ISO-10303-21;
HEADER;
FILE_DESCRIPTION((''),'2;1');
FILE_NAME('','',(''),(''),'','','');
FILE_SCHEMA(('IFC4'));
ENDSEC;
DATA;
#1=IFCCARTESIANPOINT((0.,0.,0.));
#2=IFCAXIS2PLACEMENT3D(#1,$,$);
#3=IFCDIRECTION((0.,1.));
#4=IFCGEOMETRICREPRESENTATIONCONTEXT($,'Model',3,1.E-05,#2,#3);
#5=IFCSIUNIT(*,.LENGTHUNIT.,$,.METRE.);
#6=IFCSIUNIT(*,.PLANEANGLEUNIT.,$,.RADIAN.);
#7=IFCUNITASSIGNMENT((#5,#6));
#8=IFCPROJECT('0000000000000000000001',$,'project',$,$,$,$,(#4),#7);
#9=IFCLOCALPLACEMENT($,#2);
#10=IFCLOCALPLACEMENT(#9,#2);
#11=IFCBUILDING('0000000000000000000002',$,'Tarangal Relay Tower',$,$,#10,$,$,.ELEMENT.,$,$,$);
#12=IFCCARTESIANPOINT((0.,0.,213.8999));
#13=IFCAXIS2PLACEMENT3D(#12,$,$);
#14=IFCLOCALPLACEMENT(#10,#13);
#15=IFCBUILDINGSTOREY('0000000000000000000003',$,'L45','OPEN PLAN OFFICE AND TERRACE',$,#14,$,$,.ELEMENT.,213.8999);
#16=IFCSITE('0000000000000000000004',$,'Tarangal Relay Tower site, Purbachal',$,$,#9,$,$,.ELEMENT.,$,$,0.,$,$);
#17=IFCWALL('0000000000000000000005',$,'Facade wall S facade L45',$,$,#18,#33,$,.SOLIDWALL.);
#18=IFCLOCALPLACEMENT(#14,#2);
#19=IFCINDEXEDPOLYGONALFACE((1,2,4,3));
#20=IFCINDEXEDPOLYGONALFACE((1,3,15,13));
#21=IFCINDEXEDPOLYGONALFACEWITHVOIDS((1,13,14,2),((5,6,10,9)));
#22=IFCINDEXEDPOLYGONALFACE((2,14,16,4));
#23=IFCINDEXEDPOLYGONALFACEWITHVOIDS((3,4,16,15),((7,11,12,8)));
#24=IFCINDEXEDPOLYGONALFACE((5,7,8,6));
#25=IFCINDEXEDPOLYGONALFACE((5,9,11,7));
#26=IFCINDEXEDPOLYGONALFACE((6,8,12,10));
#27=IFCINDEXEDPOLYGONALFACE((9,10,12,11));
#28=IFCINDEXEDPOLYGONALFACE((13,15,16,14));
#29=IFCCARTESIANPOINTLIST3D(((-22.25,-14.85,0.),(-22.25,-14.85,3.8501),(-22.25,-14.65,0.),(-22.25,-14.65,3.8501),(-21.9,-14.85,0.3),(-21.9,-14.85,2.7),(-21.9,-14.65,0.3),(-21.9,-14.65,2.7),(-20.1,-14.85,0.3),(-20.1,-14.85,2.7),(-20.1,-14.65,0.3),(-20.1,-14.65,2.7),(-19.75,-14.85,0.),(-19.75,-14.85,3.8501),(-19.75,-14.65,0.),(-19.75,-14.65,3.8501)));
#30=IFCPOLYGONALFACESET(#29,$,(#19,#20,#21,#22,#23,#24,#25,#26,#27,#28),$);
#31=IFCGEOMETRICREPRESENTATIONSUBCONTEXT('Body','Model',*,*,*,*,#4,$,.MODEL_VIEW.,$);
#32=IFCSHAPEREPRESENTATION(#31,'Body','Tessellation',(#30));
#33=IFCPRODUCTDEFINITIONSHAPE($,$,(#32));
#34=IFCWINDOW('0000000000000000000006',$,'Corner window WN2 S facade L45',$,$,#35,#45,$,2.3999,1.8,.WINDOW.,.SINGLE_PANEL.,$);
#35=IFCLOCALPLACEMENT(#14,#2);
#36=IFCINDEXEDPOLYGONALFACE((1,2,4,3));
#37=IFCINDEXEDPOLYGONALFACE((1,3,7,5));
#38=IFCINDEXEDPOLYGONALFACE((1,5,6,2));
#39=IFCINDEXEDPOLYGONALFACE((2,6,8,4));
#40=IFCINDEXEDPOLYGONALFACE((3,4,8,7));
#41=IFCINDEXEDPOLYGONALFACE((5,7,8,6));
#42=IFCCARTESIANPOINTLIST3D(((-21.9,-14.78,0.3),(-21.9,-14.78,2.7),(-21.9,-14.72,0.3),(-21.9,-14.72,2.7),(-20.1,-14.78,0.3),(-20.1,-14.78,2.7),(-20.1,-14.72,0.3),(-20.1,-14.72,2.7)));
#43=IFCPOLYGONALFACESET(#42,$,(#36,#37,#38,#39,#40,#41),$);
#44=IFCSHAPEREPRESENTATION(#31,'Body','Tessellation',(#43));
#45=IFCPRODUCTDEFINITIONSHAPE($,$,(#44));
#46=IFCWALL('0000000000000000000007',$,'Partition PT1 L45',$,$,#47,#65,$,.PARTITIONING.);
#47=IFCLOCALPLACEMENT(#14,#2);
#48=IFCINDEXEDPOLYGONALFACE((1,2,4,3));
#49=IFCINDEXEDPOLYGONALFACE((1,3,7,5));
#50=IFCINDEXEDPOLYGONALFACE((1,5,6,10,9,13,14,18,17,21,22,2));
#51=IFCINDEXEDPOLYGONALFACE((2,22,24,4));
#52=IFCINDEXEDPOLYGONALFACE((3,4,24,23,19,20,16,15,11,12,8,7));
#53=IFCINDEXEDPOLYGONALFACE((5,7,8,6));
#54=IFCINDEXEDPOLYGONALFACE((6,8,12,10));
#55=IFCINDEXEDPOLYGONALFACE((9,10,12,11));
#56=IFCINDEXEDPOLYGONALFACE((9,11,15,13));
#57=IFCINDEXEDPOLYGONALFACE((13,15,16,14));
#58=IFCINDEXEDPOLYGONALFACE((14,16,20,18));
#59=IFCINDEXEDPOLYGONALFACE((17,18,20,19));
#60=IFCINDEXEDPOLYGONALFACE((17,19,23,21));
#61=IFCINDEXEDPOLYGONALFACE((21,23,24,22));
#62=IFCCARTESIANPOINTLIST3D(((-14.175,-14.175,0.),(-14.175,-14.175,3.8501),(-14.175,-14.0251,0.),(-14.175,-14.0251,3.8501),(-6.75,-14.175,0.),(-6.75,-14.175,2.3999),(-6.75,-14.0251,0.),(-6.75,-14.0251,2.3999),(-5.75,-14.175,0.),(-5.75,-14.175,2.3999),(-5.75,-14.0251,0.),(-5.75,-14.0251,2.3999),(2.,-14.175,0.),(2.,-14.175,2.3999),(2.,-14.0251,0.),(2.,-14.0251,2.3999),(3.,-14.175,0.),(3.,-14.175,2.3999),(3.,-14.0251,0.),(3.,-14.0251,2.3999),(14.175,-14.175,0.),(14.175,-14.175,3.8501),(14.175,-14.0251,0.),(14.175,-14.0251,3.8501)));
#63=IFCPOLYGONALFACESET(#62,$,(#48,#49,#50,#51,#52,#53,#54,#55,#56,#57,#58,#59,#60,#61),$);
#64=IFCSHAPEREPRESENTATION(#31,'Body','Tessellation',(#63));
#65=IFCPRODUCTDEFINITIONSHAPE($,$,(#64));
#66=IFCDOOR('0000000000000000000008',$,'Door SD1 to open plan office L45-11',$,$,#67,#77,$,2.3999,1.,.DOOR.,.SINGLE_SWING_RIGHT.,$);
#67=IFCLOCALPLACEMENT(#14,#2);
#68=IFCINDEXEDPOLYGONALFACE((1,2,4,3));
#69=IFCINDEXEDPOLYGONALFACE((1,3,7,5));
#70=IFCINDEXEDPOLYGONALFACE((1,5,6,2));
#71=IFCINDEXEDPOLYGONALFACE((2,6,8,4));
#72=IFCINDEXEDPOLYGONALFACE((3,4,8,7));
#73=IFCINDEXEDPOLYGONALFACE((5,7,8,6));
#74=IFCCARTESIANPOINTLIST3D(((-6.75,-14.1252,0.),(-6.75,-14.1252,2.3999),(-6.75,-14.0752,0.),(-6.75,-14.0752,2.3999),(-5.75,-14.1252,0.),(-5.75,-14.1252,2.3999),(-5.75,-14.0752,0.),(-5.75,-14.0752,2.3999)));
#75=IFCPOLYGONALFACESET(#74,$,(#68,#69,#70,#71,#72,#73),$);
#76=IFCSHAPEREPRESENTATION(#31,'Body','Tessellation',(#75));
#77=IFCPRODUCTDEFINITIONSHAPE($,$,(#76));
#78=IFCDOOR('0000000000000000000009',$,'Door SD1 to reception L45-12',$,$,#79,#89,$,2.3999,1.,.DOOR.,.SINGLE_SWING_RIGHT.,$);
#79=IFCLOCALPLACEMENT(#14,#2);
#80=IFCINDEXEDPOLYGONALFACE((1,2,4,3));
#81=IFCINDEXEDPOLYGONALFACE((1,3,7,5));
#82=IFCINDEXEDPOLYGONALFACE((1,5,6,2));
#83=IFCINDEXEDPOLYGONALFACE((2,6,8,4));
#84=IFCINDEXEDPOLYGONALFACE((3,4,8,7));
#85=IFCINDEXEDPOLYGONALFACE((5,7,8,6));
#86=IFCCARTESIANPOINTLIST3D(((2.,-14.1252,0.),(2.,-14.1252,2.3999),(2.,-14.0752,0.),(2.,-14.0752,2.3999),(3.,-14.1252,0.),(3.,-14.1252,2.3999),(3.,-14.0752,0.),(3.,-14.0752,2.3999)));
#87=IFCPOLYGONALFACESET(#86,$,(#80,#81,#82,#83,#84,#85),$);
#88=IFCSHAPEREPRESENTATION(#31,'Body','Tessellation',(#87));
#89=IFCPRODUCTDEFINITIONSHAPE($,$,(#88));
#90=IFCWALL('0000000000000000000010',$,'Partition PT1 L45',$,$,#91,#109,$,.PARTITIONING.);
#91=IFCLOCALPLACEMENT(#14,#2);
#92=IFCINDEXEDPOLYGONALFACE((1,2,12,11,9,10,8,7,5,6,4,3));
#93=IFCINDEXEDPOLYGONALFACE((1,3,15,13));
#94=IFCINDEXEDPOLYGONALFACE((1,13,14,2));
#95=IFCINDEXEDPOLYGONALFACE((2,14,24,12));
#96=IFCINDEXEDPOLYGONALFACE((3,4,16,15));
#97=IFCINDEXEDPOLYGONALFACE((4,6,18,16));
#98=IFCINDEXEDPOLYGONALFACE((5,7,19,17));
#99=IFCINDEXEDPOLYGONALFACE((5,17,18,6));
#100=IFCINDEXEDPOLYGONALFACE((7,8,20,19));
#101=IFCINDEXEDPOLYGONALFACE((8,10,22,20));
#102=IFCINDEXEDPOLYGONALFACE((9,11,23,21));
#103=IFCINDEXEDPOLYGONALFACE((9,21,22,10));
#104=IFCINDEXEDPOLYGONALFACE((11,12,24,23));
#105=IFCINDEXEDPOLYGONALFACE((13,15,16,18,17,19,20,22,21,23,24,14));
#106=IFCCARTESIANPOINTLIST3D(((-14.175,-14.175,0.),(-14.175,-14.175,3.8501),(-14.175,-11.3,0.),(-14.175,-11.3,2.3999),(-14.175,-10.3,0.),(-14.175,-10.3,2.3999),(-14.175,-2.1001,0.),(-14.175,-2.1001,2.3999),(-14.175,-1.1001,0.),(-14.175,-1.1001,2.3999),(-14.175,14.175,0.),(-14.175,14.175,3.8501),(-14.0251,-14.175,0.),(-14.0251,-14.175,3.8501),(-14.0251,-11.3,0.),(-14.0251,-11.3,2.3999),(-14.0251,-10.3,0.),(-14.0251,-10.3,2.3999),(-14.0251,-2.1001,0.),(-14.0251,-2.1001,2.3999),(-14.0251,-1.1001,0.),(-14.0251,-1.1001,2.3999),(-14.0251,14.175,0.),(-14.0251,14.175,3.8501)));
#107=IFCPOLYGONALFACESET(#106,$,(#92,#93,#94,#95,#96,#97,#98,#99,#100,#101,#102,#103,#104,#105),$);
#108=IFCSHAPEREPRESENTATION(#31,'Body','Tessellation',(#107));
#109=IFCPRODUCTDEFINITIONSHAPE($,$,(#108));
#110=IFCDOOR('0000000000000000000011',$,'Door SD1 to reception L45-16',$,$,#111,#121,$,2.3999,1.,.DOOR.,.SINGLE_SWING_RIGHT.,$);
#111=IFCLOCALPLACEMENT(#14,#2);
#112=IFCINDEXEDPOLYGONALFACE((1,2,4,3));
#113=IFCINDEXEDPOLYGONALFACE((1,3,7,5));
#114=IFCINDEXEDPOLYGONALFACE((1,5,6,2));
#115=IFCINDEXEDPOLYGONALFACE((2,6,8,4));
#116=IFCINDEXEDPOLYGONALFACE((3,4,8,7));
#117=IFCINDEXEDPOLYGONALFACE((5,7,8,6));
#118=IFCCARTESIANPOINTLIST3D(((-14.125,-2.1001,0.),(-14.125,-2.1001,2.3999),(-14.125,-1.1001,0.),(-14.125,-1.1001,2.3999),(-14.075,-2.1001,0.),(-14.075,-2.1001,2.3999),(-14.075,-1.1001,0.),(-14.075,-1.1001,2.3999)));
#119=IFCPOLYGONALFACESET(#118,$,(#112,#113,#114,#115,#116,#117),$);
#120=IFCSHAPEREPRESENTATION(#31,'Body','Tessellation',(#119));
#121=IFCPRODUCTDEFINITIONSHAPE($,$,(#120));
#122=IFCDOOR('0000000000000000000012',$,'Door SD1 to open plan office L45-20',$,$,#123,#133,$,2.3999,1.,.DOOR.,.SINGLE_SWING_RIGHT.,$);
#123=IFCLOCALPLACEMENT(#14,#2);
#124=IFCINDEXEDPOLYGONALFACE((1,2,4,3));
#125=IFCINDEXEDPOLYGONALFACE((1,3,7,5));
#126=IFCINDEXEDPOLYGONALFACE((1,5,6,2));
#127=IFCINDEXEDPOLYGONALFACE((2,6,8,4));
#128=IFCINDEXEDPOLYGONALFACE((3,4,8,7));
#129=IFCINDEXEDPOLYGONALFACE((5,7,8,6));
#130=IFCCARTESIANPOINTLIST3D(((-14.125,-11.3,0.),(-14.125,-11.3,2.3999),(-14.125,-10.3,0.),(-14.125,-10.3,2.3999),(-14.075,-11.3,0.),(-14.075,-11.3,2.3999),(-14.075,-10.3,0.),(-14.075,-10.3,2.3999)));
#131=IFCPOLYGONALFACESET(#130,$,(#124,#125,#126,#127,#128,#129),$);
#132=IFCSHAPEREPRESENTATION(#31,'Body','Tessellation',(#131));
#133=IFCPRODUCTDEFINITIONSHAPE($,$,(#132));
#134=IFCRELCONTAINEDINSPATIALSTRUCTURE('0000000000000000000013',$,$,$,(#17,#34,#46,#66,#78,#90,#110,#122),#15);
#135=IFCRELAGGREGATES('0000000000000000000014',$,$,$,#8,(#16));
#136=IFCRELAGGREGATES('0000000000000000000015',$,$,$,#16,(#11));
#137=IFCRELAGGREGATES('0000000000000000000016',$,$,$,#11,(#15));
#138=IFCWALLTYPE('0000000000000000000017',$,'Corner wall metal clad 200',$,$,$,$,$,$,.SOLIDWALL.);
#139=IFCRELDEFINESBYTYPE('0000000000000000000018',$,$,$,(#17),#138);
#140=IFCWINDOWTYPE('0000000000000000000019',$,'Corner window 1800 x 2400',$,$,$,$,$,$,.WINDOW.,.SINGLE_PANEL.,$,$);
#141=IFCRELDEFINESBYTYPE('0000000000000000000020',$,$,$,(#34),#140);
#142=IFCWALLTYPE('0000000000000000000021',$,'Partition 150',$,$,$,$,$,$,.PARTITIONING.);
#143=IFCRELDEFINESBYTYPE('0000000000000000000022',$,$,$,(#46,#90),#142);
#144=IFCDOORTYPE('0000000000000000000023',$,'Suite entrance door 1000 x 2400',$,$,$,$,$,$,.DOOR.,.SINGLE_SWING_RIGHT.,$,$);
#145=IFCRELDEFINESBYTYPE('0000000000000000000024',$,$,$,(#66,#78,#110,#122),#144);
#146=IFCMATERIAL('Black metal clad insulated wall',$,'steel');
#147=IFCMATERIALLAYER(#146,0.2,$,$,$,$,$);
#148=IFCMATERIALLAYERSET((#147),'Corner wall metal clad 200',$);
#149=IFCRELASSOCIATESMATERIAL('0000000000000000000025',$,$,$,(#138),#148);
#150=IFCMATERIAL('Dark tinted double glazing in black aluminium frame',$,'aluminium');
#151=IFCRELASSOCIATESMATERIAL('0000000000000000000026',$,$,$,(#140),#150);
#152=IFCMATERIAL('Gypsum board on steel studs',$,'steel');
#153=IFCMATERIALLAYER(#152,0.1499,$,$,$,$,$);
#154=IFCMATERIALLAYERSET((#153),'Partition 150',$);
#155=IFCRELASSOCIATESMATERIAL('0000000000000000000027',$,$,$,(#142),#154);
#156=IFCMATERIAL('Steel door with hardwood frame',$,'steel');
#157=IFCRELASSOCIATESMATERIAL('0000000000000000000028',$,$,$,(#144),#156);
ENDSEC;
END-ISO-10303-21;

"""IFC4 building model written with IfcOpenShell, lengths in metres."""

from ifc_helpers import new_model, si_unit, direction, frame, frame_2d, origin, place, context, subcontext, project, spatial, rectangle, extrude, material, layer, layer_set, type_object, element, fill, save


model = new_model("IFC4")

# Units and contexts
model_context = context("Model", 3, precision=1e-05, world=origin(), true_north=direction((0.0, 1.0)))
body_context = subcontext(model_context, "Body", "Model", "MODEL_VIEW")
ifc_project = project(units=[si_unit("LENGTHUNIT", "METRE"), si_unit("PLANEANGLEUNIT", "RADIAN")], contexts=[model_context])

# Site, building, storey
site_placement = place(None, origin())
site = spatial("IfcSite", under=ifc_project, at=site_placement, Name="Tarangal Relay Tower site, Purbachal", CompositionType="ELEMENT", RefElevation=0.0)
building_placement = place(site_placement, origin())
building = spatial("IfcBuilding", under=site, at=building_placement, Name="Tarangal Relay Tower", CompositionType="ELEMENT")
storey_placement = place(building_placement, frame((0.0, 0.0, 213.8999)))
storey = spatial("IfcBuildingStorey", under=building, at=storey_placement, Name="L45", Description="OPEN PLAN OFFICE AND TERRACE", CompositionType="ELEMENT", Elevation=213.8999)

# Shared definitions
ifc_material_1 = material(Name="Black metal clad insulated wall", Category="steel")
ifc_layer_1 = layer(ifc_material_1, 0.2)
ifc_layer_set_1 = layer_set([ifc_layer_1], Name="Corner wall metal clad 200")
wall_type_1 = type_object("IfcWallType", Name="Corner wall metal clad 200", PredefinedType="SOLIDWALL", material=ifc_layer_set_1)
ifc_material_2 = material(Name="Dark tinted double glazing in black aluminium frame", Category="aluminium")
window_type = type_object("IfcWindowType", Name="Corner window 1800 x 2400", PartitioningType="SINGLE_PANEL", PredefinedType="WINDOW", material=ifc_material_2)

# Wall, opening, window
wall_1_placement = place(storey_placement, frame((-19.75, -14.75, 0.0), z_axis=(0.0, 0.0, 1.0), x_axis=(-1.0, 0.0, 0.0)))
wall_1 = element("IfcWall", 1, at=wall_1_placement, inside=storey, type_object=wall_type_1, Name="Facade wall S facade L45", PredefinedType="SOLIDWALL", context=body_context, shape_type="SweptSolid", body=[
    extrude(rectangle(XDim=2.5, YDim=0.2, at=frame_2d((1.25, 0.0))), origin(), (0.0, 0.0, 1.0), 3.8501),
])
opening_1_placement = place(wall_1_placement, frame((0.3501, 0.0, 0.3)))
opening_1 = element("IfcOpeningElement", 2, at=opening_1_placement, cuts=wall_1, PredefinedType="OPENING", context=body_context, shape_type="SweptSolid", body=[
    extrude(rectangle(XDim=1.8, YDim=2.3999, at=frame_2d((0.8999, 1.2))), frame((0.0, 0.1099, 0.0), z_axis=(0.0, -1.0, 0.0), x_axis=(1.0, 0.0, 0.0)), (0.0, 0.0, 1.0), 0.22),
])
window_1_placement = place(opening_1_placement, origin())
window_1 = element("IfcWindow", 3, at=window_1_placement, inside=storey, type_object=window_type, Name="Corner window WN2 S facade L45", OverallHeight=2.3999, OverallWidth=1.8, PartitioningType="SINGLE_PANEL", PredefinedType="WINDOW", context=body_context, shape_type="SweptSolid", body=[
    extrude(rectangle(XDim=1.8, YDim=2.3999, at=frame_2d((0.8999, 1.2))), frame((0.0, 0.03, 0.0), z_axis=(0.0, -1.0, 0.0), x_axis=(1.0, 0.0, 0.0)), (0.0, 0.0, 1.0), 0.0601),
])
fill(opening_1, window_1)

# Walls, openings, doors
ifc_material_3 = material(Name="Gypsum board on steel studs", Category="steel")
ifc_layer_2 = layer(ifc_material_3, 0.1499)
ifc_layer_set_2 = layer_set([ifc_layer_2], Name="Partition 150")
wall_type_2 = type_object("IfcWallType", Name="Partition 150", PredefinedType="PARTITIONING", material=ifc_layer_set_2)
wall_2_placement = place(storey_placement, frame((-14.175, -14.1001, 0.0), z_axis=(0.0, 0.0, 1.0), x_axis=(1.0, 0.0, 0.0)))
wall_2 = element("IfcWall", 4, at=wall_2_placement, inside=storey, type_object=wall_type_2, Name="Partition PT1 L45", PredefinedType="PARTITIONING", context=body_context, shape_type="SweptSolid", body=[
    extrude(rectangle(XDim=28.3501, YDim=0.1499, at=frame_2d((14.175, 0.0))), origin(), (0.0, 0.0, 1.0), 3.8501),
])
opening_2_placement = place(wall_2_placement, frame((7.425, 0.0, 0.0)))
opening_2 = element("IfcOpeningElement", 5, at=opening_2_placement, cuts=wall_2, PredefinedType="OPENING", context=body_context, shape_type="SweptSolid", body=[
    extrude(rectangle(XDim=1.0, YDim=2.3999, at=frame_2d((0.5, 1.2))), frame((0.0, 0.085, 0.0), z_axis=(0.0, -1.0, 0.0), x_axis=(1.0, 0.0, 0.0)), (0.0, 0.0, 1.0), 0.1699),
])
opening_3_placement = place(wall_2_placement, frame((16.175, 0.0, 0.0)))
opening_3 = element("IfcOpeningElement", 6, at=opening_3_placement, cuts=wall_2, PredefinedType="OPENING", context=body_context, shape_type="SweptSolid", body=[
    extrude(rectangle(XDim=1.0, YDim=2.3999, at=frame_2d((0.5, 1.2))), frame((0.0, 0.085, 0.0), z_axis=(0.0, -1.0, 0.0), x_axis=(1.0, 0.0, 0.0)), (0.0, 0.0, 1.0), 0.1699),
])
ifc_material_4 = material(Name="Steel door with hardwood frame", Category="steel")
door_type_1 = type_object("IfcDoorType", Name="Suite entrance door 1000 x 2400", OperationType="SINGLE_SWING_RIGHT", PredefinedType="DOOR", material=ifc_material_4)
door_1_placement = place(opening_2_placement, origin())
door_1 = element("IfcDoor", 7, at=door_1_placement, inside=storey, type_object=door_type_1, Name="Door SD1 to open plan office L45-11", OperationType="SINGLE_SWING_RIGHT", OverallHeight=2.3999, OverallWidth=1.0, PredefinedType="DOOR", context=body_context, shape_type="SweptSolid", body=[
    extrude(rectangle(XDim=1.0, YDim=2.3999, at=frame_2d((0.5, 1.2))), frame((0.0, 0.0249, 0.0), z_axis=(0.0, -1.0, 0.0), x_axis=(1.0, 0.0, 0.0)), (0.0, 0.0, 1.0), 0.05),
])
fill(opening_2, door_1)
door_2_placement = place(opening_3_placement, origin())
door_2 = element("IfcDoor", 8, at=door_2_placement, inside=storey, type_object=door_type_1, Name="Door SD1 to reception L45-12", OperationType="SINGLE_SWING_RIGHT", OverallHeight=2.3999, OverallWidth=1.0, PredefinedType="DOOR", context=body_context, shape_type="SweptSolid", body=[
    extrude(rectangle(XDim=1.0, YDim=2.3999, at=frame_2d((0.5, 1.2))), frame((0.0, 0.0249, 0.0), z_axis=(0.0, -1.0, 0.0), x_axis=(1.0, 0.0, 0.0)), (0.0, 0.0, 1.0), 0.05),
])
fill(opening_3, door_2)
wall_3_placement = place(storey_placement, frame((-14.1001, -14.175, 0.0), z_axis=(0.0, 0.0, 1.0), x_axis=(0.0, 1.0, 0.0)))
wall_3 = element("IfcWall", 9, at=wall_3_placement, inside=storey, type_object=wall_type_2, Name="Partition PT1 L45", PredefinedType="PARTITIONING", context=body_context, shape_type="SweptSolid", body=[
    extrude(rectangle(XDim=28.3501, YDim=0.1499, at=frame_2d((14.175, 0.0))), origin(), (0.0, 0.0, 1.0), 3.8501),
])
opening_4_placement = place(wall_3_placement, frame((12.075, 0.0, 0.0)))
opening_4 = element("IfcOpeningElement", 10, at=opening_4_placement, cuts=wall_3, PredefinedType="OPENING", context=body_context, shape_type="SweptSolid", body=[
    extrude(rectangle(XDim=1.0, YDim=2.3999, at=frame_2d((0.5, 1.2))), frame((0.0, 0.085, 0.0), z_axis=(0.0, -1.0, 0.0), x_axis=(1.0, 0.0, 0.0)), (0.0, 0.0, 1.0), 0.1699),
])
opening_5_placement = place(wall_3_placement, frame((2.875, 0.0, 0.0)))
opening_5 = element("IfcOpeningElement", 11, at=opening_5_placement, cuts=wall_3, PredefinedType="OPENING", context=body_context, shape_type="SweptSolid", body=[
    extrude(rectangle(XDim=1.0, YDim=2.3999, at=frame_2d((0.5, 1.2))), frame((0.0, 0.085, 0.0), z_axis=(0.0, -1.0, 0.0), x_axis=(1.0, 0.0, 0.0)), (0.0, 0.0, 1.0), 0.1699),
])
door_3_placement = place(opening_4_placement, origin())
door_3 = element("IfcDoor", 12, at=door_3_placement, inside=storey, type_object=door_type_1, Name="Door SD1 to reception L45-16", OperationType="SINGLE_SWING_RIGHT", OverallHeight=2.3999, OverallWidth=1.0, PredefinedType="DOOR", context=body_context, shape_type="SweptSolid", body=[
    extrude(rectangle(XDim=1.0, YDim=2.3999, at=frame_2d((0.5, 1.2))), frame((0.0, 0.0249, 0.0), z_axis=(0.0, -1.0, 0.0), x_axis=(1.0, 0.0, 0.0)), (0.0, 0.0, 1.0), 0.05),
])
fill(opening_4, door_3)
door_4_placement = place(opening_5_placement, origin())
door_4 = element("IfcDoor", 13, at=door_4_placement, inside=storey, type_object=door_type_1, Name="Door SD1 to open plan office L45-20", OperationType="SINGLE_SWING_RIGHT", OverallHeight=2.3999, OverallWidth=1.0, PredefinedType="DOOR", context=body_context, shape_type="SweptSolid", body=[
    extrude(rectangle(XDim=1.0, YDim=2.3999, at=frame_2d((0.5, 1.2))), frame((0.0, 0.0249, 0.0), z_axis=(0.0, -1.0, 0.0), x_axis=(1.0, 0.0, 0.0)), (0.0, 0.0, 1.0), 0.05),
])
fill(opening_5, door_4)

save(model, "model.ifc")
